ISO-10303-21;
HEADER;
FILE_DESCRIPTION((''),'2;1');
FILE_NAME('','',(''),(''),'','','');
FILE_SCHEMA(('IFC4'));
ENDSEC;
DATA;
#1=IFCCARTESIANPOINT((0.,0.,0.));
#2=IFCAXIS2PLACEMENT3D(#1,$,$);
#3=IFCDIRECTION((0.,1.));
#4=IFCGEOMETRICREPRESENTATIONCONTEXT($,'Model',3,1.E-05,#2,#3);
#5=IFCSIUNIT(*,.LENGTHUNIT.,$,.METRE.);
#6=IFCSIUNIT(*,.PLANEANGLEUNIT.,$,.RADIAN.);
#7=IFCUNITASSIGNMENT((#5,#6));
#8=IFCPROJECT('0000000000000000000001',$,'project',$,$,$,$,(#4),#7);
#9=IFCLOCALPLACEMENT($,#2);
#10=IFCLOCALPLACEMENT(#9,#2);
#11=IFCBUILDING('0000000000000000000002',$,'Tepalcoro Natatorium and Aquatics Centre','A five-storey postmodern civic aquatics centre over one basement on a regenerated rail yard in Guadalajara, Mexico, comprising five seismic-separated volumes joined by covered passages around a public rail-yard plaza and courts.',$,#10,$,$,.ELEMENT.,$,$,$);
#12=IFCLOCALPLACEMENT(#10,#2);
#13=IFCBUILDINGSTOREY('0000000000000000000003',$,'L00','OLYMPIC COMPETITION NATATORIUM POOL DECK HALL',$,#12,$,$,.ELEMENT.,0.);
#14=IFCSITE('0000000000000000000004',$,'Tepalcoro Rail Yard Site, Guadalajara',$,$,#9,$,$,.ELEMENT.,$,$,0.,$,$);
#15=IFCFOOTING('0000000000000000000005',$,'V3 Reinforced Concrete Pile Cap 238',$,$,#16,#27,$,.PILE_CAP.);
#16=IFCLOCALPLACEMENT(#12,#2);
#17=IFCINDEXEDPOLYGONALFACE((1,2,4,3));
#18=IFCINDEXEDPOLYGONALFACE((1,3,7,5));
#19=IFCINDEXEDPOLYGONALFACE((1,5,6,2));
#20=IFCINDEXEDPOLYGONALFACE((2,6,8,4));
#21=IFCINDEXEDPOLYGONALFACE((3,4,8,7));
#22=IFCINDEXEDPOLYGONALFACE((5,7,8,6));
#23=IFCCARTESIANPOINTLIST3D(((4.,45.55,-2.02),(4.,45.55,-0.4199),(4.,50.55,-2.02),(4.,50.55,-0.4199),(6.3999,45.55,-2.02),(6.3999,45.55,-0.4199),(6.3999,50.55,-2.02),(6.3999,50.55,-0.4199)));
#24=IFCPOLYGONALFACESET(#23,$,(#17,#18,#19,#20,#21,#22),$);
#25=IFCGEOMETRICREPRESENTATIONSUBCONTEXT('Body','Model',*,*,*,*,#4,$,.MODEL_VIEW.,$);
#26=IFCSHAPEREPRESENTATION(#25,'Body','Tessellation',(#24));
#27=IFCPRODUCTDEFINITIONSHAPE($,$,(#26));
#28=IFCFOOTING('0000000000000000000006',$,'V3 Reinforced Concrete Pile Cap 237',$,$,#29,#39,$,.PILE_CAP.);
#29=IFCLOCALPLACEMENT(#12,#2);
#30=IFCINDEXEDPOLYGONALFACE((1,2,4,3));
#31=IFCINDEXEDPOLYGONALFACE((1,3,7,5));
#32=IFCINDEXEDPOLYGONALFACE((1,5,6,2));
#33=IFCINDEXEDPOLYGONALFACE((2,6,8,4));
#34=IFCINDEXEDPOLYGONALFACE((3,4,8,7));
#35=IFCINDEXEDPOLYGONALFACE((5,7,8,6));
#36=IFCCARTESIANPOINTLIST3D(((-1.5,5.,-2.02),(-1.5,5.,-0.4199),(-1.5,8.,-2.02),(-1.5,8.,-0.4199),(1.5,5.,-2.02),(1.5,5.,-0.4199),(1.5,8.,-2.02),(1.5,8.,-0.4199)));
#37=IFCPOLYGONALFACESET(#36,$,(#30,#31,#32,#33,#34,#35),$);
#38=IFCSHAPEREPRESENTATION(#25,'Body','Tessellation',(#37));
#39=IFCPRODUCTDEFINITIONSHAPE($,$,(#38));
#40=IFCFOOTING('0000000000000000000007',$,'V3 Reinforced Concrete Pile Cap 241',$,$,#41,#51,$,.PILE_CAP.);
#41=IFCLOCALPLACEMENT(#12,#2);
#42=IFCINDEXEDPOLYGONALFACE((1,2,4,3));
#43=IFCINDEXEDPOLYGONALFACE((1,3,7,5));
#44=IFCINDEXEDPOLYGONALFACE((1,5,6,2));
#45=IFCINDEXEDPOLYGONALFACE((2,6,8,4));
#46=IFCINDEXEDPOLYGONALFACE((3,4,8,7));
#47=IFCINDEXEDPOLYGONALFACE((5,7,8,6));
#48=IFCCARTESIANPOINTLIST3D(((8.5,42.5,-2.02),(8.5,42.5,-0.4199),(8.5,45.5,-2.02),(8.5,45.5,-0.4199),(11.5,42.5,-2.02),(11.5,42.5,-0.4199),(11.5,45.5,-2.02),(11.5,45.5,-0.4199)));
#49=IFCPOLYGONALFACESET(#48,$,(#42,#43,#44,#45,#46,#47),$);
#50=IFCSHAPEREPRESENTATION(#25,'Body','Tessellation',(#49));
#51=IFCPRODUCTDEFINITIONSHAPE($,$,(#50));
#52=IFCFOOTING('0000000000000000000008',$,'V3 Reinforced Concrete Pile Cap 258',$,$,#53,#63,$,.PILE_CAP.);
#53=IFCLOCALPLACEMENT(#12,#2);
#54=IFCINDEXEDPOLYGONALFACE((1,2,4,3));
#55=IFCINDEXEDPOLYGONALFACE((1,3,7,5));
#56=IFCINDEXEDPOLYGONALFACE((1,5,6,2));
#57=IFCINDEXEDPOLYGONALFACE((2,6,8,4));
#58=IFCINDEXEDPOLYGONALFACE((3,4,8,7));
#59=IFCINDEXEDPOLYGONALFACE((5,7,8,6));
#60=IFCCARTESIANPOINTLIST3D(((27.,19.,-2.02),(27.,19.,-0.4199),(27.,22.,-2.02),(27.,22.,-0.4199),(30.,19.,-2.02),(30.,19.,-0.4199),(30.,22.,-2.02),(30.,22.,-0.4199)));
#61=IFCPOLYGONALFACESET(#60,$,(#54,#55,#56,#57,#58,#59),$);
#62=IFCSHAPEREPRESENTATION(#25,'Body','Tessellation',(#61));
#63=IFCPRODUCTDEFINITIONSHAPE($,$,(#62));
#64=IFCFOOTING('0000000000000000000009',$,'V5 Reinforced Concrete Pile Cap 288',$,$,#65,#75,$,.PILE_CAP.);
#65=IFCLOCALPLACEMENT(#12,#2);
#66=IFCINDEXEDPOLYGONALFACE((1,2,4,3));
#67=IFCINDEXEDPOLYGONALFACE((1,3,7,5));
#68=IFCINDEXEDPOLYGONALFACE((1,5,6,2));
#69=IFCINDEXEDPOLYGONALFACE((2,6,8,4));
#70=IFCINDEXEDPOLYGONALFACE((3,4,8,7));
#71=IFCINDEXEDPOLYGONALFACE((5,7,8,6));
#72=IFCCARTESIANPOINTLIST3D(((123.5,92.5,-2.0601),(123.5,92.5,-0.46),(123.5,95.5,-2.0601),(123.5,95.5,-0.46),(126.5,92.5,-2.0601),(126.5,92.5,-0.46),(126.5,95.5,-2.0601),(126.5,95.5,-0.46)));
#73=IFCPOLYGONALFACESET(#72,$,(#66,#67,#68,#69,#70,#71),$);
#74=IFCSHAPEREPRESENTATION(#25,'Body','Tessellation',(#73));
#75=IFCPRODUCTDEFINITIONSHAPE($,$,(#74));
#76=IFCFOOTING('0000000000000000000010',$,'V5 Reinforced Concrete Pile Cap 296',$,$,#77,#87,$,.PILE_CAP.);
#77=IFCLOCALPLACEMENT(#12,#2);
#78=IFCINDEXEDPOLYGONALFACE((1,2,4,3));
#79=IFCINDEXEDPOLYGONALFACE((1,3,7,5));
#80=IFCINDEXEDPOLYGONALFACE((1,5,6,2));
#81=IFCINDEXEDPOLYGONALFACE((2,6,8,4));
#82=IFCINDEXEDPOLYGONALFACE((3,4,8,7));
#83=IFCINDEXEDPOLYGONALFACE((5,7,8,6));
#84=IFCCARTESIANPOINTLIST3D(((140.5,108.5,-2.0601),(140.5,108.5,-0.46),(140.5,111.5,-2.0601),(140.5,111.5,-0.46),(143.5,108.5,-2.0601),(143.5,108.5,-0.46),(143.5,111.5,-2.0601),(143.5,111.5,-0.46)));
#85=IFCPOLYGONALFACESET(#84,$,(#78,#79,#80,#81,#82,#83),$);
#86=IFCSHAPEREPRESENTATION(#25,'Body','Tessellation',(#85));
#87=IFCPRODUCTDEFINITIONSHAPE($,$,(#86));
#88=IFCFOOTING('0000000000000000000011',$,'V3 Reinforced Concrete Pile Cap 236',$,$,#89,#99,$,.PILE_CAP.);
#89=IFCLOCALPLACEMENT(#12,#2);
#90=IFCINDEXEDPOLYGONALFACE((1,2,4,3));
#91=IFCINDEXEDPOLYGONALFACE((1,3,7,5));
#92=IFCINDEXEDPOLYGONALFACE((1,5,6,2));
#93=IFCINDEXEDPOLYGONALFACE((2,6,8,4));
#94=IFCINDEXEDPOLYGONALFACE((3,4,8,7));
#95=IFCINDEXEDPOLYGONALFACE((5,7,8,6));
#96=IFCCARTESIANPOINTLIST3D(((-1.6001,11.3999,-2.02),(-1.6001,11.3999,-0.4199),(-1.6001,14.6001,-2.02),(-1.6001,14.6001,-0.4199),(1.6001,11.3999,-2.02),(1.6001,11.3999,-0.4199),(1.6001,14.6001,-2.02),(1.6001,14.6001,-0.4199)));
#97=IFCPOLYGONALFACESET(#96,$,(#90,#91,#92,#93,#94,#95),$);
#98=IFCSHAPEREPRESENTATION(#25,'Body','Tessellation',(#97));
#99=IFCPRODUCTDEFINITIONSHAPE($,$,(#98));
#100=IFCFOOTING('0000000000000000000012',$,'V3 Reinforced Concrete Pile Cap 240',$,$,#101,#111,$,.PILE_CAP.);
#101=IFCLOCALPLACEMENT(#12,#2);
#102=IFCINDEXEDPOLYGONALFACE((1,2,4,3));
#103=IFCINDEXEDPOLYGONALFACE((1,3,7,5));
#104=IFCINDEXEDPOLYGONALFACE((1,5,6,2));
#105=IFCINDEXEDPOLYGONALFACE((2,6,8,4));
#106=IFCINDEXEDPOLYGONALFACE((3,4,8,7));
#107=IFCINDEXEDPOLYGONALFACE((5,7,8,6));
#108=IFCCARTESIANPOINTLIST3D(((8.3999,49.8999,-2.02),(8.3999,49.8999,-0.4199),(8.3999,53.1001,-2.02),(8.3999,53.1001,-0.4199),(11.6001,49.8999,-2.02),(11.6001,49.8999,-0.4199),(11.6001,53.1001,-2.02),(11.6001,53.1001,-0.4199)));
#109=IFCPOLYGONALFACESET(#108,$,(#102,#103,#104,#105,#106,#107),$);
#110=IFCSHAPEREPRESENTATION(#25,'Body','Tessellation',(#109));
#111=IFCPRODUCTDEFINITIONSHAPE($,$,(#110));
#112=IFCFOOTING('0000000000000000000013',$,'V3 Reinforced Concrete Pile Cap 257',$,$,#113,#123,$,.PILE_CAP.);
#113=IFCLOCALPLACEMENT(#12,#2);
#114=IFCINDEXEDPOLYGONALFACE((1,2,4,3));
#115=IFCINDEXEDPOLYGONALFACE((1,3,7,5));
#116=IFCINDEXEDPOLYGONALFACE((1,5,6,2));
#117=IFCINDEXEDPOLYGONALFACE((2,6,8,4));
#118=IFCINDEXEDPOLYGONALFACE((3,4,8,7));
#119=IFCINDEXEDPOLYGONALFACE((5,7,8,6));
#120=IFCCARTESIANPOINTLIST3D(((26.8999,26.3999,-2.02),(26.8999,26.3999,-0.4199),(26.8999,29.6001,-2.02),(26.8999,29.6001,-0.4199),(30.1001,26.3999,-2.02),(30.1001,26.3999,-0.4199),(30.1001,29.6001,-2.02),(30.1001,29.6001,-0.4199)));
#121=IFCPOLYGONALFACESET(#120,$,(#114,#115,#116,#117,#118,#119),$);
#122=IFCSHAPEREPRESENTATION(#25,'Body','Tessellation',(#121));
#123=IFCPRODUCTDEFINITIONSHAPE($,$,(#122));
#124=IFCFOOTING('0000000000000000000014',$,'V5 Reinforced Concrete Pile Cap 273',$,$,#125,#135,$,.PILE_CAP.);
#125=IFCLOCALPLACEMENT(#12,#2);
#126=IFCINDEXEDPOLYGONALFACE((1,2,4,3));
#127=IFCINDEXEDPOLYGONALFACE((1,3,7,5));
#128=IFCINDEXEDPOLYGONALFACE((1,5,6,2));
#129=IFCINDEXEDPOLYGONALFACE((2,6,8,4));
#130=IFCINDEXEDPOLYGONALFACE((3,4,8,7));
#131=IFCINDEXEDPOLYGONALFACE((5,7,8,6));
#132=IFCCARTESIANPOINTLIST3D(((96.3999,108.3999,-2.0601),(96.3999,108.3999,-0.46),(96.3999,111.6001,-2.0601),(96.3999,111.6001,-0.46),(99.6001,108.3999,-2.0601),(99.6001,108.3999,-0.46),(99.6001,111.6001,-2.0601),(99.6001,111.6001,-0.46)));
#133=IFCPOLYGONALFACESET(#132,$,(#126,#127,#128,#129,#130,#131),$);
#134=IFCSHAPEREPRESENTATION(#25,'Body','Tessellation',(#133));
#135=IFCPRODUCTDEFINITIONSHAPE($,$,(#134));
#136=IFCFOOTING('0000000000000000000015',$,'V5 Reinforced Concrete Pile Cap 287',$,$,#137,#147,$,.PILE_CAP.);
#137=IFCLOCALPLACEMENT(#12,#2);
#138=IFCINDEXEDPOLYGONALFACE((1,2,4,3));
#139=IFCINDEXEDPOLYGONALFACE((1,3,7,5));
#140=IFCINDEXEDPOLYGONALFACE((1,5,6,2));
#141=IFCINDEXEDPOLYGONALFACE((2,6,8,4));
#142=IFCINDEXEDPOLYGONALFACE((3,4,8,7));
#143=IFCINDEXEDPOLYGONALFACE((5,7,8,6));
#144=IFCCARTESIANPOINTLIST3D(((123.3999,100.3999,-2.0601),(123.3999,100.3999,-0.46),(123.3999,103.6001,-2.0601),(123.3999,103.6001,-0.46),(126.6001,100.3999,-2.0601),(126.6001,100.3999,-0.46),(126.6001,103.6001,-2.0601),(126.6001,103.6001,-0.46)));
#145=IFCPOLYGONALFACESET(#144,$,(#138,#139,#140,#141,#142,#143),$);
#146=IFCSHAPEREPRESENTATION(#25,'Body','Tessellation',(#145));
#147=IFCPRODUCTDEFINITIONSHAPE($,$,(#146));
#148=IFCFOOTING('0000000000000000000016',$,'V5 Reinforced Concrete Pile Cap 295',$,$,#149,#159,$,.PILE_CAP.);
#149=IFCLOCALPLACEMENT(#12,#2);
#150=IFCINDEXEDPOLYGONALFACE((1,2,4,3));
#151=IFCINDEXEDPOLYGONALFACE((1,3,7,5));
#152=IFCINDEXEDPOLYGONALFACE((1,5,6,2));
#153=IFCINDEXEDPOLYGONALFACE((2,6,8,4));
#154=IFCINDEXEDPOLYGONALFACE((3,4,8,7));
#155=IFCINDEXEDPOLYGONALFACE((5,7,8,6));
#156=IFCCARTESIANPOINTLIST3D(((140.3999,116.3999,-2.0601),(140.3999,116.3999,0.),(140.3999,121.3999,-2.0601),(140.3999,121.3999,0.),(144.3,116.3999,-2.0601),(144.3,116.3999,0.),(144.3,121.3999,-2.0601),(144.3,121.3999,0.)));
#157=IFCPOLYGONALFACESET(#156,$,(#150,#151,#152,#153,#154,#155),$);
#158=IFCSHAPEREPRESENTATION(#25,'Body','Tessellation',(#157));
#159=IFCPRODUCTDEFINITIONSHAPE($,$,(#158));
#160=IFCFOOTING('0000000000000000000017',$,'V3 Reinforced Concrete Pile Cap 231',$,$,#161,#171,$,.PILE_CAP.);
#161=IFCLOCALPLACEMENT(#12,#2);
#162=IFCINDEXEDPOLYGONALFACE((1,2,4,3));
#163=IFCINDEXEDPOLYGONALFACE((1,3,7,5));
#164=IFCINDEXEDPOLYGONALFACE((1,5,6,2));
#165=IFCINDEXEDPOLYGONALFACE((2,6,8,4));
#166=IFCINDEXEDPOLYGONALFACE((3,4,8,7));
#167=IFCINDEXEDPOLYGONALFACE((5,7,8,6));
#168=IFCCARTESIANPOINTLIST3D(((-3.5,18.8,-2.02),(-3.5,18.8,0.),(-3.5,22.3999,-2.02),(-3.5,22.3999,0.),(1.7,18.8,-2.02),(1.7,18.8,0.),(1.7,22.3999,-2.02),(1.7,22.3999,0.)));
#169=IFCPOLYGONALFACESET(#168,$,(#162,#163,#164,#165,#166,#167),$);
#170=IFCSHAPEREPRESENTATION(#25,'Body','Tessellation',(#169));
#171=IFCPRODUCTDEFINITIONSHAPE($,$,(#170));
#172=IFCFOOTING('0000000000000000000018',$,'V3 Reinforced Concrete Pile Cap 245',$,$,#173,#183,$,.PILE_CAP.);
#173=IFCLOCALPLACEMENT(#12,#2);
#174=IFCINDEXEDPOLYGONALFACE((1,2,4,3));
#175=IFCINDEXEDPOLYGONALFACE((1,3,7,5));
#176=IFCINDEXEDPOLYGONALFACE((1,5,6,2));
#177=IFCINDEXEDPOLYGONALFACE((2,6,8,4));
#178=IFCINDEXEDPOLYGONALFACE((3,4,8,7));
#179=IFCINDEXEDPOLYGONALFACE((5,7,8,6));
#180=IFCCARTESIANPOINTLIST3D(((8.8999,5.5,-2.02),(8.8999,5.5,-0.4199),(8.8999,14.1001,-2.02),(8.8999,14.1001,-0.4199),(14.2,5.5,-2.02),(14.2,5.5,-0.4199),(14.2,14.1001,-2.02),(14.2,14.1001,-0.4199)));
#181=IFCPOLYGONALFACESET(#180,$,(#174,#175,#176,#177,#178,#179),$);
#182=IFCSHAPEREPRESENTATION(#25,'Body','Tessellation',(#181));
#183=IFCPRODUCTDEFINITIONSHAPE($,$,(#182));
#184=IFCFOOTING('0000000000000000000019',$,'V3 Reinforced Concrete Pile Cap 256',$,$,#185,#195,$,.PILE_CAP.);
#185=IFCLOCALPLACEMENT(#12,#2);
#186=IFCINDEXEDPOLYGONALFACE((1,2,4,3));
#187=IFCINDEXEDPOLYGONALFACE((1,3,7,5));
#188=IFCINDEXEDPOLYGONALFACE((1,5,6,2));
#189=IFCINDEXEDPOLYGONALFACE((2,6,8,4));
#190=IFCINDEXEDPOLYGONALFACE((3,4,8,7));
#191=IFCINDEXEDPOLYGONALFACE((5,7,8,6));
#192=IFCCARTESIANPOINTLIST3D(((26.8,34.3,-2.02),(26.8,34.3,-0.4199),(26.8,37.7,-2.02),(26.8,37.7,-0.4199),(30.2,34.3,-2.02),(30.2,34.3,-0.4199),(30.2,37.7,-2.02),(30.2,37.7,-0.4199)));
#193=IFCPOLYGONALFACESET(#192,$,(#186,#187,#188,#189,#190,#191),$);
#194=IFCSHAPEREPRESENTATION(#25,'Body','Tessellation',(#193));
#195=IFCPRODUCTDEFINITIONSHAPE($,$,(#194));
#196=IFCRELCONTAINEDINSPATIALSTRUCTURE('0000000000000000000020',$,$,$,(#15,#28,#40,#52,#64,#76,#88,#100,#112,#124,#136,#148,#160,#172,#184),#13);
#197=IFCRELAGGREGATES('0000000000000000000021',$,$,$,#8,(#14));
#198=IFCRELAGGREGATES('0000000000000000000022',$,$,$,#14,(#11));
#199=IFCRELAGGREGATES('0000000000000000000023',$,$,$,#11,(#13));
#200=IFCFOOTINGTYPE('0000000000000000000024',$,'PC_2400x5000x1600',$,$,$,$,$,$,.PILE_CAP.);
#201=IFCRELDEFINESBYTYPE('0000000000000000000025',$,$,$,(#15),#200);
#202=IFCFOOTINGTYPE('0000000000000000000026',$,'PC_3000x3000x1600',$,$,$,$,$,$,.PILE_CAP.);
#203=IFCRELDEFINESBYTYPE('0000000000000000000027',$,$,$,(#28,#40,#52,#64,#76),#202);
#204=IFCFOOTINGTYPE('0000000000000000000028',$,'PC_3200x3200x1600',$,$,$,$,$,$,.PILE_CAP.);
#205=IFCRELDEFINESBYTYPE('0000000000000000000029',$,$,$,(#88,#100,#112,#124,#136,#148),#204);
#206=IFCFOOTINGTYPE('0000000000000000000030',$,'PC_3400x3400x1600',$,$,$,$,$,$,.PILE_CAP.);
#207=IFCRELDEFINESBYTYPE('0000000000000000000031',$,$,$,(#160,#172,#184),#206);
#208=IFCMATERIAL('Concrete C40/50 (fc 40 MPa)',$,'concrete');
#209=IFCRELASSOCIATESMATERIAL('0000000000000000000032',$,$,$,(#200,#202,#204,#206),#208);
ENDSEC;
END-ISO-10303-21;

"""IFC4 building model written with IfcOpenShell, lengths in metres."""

from ifc_helpers import new_model, si_unit, direction, frame, origin, place, context, subcontext, project, spatial, polyline, outline, extrude, material, type_object, element, save


model = new_model("IFC4")

# Units and contexts
model_context = context("Model", 3, precision=1e-05, world=origin(), true_north=direction((0.0, 1.0)))
body_context = subcontext(model_context, "Body", "Model", "MODEL_VIEW")
ifc_project = project(units=[si_unit("LENGTHUNIT", "METRE"), si_unit("PLANEANGLEUNIT", "RADIAN")], contexts=[model_context])

# Site, building, storey
site_placement = place(None, origin())
site = spatial("IfcSite", under=ifc_project, at=site_placement, Name="Tepalcoro Rail Yard Site, Guadalajara", CompositionType="ELEMENT", RefElevation=0.0)
building_placement = place(site_placement, origin())
building = spatial("IfcBuilding", under=site, at=building_placement, Name="Tepalcoro Natatorium and Aquatics Centre", Description="A five-storey postmodern civic aquatics centre over one basement on a regenerated rail yard in Guadalajara, Mexico, comprising five seismic-separated volumes joined by covered passages around a public rail-yard plaza and courts.", CompositionType="ELEMENT")
storey_placement = place(building_placement, origin())
storey = spatial("IfcBuildingStorey", under=building, at=storey_placement, Name="L00", Description="OLYMPIC COMPETITION NATATORIUM POOL DECK HALL", CompositionType="ELEMENT", Elevation=0.0)

# Footings
ifc_material = material(Name="Concrete C40/50 (fc 40 MPa)", Category="concrete")
footing_type_1 = type_object("IfcFootingType", Name="PC_2400x5000x1600", PredefinedType="PILE_CAP", material=ifc_material)
footing_1_placement = place(storey_placement, frame((0.0, 0.0, -2.02)))
element("IfcFooting", 1, at=footing_1_placement, inside=storey, type_object=footing_type_1, Name="V3 Reinforced Concrete Pile Cap 238", PredefinedType="PILE_CAP", context=body_context, shape_type="SweptSolid", body=[
    extrude(outline(polyline([(4.0, 45.55), (6.3999, 45.55), (6.3999, 50.55), (4.0, 50.55), (4.0, 45.55)])), origin(), (0.0, 0.0, 1.0), 1.6001),
])
footing_type_2 = type_object("IfcFootingType", Name="PC_3000x3000x1600", PredefinedType="PILE_CAP", material=ifc_material)
footing_2_placement = place(storey_placement, frame((0.0, 0.0, -2.02)))
element("IfcFooting", 2, at=footing_2_placement, inside=storey, type_object=footing_type_2, Name="V3 Reinforced Concrete Pile Cap 237", PredefinedType="PILE_CAP", context=body_context, shape_type="SweptSolid", body=[
    extrude(outline(polyline([(-1.5, 5.0), (1.5, 5.0), (1.5, 8.0), (-1.5, 8.0), (-1.5, 5.0)])), origin(), (0.0, 0.0, 1.0), 1.6001),
])
footing_3_placement = place(storey_placement, frame((0.0, 0.0, -2.02)))
element("IfcFooting", 3, at=footing_3_placement, inside=storey, type_object=footing_type_2, Name="V3 Reinforced Concrete Pile Cap 241", PredefinedType="PILE_CAP", context=body_context, shape_type="SweptSolid", body=[
    extrude(outline(polyline([(8.5, 42.5), (11.5, 42.5), (11.5, 45.5), (8.5, 45.5), (8.5, 42.5)])), origin(), (0.0, 0.0, 1.0), 1.6001),
])
footing_4_placement = place(storey_placement, frame((0.0, 0.0, -2.02)))
element("IfcFooting", 4, at=footing_4_placement, inside=storey, type_object=footing_type_2, Name="V3 Reinforced Concrete Pile Cap 258", PredefinedType="PILE_CAP", context=body_context, shape_type="SweptSolid", body=[
    extrude(outline(polyline([(27.0, 19.0), (30.0, 19.0), (30.0, 22.0), (27.0, 22.0), (27.0, 19.0)])), origin(), (0.0, 0.0, 1.0), 1.6001),
])
footing_5_placement = place(storey_placement, frame((0.0, 0.0, -2.0601)))
element("IfcFooting", 5, at=footing_5_placement, inside=storey, type_object=footing_type_2, Name="V5 Reinforced Concrete Pile Cap 288", PredefinedType="PILE_CAP", context=body_context, shape_type="SweptSolid", body=[
    extrude(outline(polyline([(123.5, 92.5), (126.5, 92.5), (126.5, 95.5), (123.5, 95.5), (123.5, 92.5)])), origin(), (0.0, 0.0, 1.0), 1.6001),
])
footing_6_placement = place(storey_placement, frame((0.0, 0.0, -2.0601)))
element("IfcFooting", 6, at=footing_6_placement, inside=storey, type_object=footing_type_2, Name="V5 Reinforced Concrete Pile Cap 296", PredefinedType="PILE_CAP", context=body_context, shape_type="SweptSolid", body=[
    extrude(outline(polyline([(140.5, 108.5), (143.5, 108.5), (143.5, 111.5), (140.5, 111.5), (140.5, 108.5)])), origin(), (0.0, 0.0, 1.0), 1.6001),
])
footing_type_3 = type_object("IfcFootingType", Name="PC_3200x3200x1600", PredefinedType="PILE_CAP", material=ifc_material)
footing_7_placement = place(storey_placement, frame((0.0, 0.0, -2.02)))
element("IfcFooting", 7, at=footing_7_placement, inside=storey, type_object=footing_type_3, Name="V3 Reinforced Concrete Pile Cap 236", PredefinedType="PILE_CAP", context=body_context, shape_type="SweptSolid", body=[
    extrude(outline(polyline([(-1.6001, 11.3999), (1.6001, 11.3999), (1.6001, 14.6001), (-1.6001, 14.6001), (-1.6001, 11.3999)])), origin(), (0.0, 0.0, 1.0), 1.6001),
])
footing_8_placement = place(storey_placement, frame((0.0, 0.0, -2.02)))
element("IfcFooting", 8, at=footing_8_placement, inside=storey, type_object=footing_type_3, Name="V3 Reinforced Concrete Pile Cap 240", PredefinedType="PILE_CAP", context=body_context, shape_type="SweptSolid", body=[
    extrude(outline(polyline([(8.3999, 49.8999), (11.6001, 49.8999), (11.6001, 53.1001), (8.3999, 53.1001), (8.3999, 49.8999)])), origin(), (0.0, 0.0, 1.0), 1.6001),
])
footing_9_placement = place(storey_placement, frame((0.0, 0.0, -2.02)))
element("IfcFooting", 9, at=footing_9_placement, inside=storey, type_object=footing_type_3, Name="V3 Reinforced Concrete Pile Cap 257", PredefinedType="PILE_CAP", context=body_context, shape_type="SweptSolid", body=[
    extrude(outline(polyline([(26.8999, 26.3999), (30.1001, 26.3999), (30.1001, 29.6001), (26.8999, 29.6001), (26.8999, 26.3999)])), origin(), (0.0, 0.0, 1.0), 1.6001),
])
footing_10_placement = place(storey_placement, frame((0.0, 0.0, -2.0601)))
element("IfcFooting", 10, at=footing_10_placement, inside=storey, type_object=footing_type_3, Name="V5 Reinforced Concrete Pile Cap 273", PredefinedType="PILE_CAP", context=body_context, shape_type="SweptSolid", body=[
    extrude(outline(polyline([(96.3999, 108.3999), (99.6001, 108.3999), (99.6001, 111.6001), (96.3999, 111.6001), (96.3999, 108.3999)])), origin(), (0.0, 0.0, 1.0), 1.6001),
])
footing_11_placement = place(storey_placement, frame((0.0, 0.0, -2.0601)))
element("IfcFooting", 11, at=footing_11_placement, inside=storey, type_object=footing_type_3, Name="V5 Reinforced Concrete Pile Cap 287", PredefinedType="PILE_CAP", context=body_context, shape_type="SweptSolid", body=[
    extrude(outline(polyline([(123.3999, 100.3999), (126.6001, 100.3999), (126.6001, 103.6001), (123.3999, 103.6001), (123.3999, 100.3999)])), origin(), (0.0, 0.0, 1.0), 1.6001),
])
footing_12_placement = place(storey_placement, frame((0.0, 0.0, -2.0601)))
element("IfcFooting", 12, at=footing_12_placement, inside=storey, type_object=footing_type_3, Name="V5 Reinforced Concrete Pile Cap 295", PredefinedType="PILE_CAP", context=body_context, shape_type="SweptSolid", body=[
    extrude(outline(polyline([(140.3999, 116.3999), (144.3, 116.3999), (144.3, 121.3999), (140.3999, 121.3999), (140.3999, 116.3999)])), origin(), (0.0, 0.0, 1.0), 2.0601),
])
footing_type_4 = type_object("IfcFootingType", Name="PC_3400x3400x1600", PredefinedType="PILE_CAP", material=ifc_material)
footing_13_placement = place(storey_placement, frame((0.0, 0.0, -2.02)))
element("IfcFooting", 13, at=footing_13_placement, inside=storey, type_object=footing_type_4, Name="V3 Reinforced Concrete Pile Cap 231", PredefinedType="PILE_CAP", context=body_context, shape_type="SweptSolid", body=[
    extrude(outline(polyline([(-3.5, 18.8), (1.7, 18.8), (1.7, 22.3999), (-3.5, 22.3999), (-3.5, 18.8)])), origin(), (0.0, 0.0, 1.0), 2.02),
])
footing_14_placement = place(storey_placement, frame((0.0, 0.0, -2.02)))
element("IfcFooting", 14, at=footing_14_placement, inside=storey, type_object=footing_type_4, Name="V3 Reinforced Concrete Pile Cap 245", PredefinedType="PILE_CAP", context=body_context, shape_type="SweptSolid", body=[
    extrude(outline(polyline([(8.8999, 5.5), (14.2, 5.5), (14.2, 14.1001), (8.8999, 14.1001), (8.8999, 5.5)])), origin(), (0.0, 0.0, 1.0), 1.6001),
])
footing_15_placement = place(storey_placement, frame((0.0, 0.0, -2.02)))
element("IfcFooting", 15, at=footing_15_placement, inside=storey, type_object=footing_type_4, Name="V3 Reinforced Concrete Pile Cap 256", PredefinedType="PILE_CAP", context=body_context, shape_type="SweptSolid", body=[
    extrude(outline(polyline([(26.8, 34.3), (30.2, 34.3), (30.2, 37.7), (26.8, 37.7), (26.8, 34.3)])), origin(), (0.0, 0.0, 1.0), 1.6001),
])

save(model, "model.ifc")
